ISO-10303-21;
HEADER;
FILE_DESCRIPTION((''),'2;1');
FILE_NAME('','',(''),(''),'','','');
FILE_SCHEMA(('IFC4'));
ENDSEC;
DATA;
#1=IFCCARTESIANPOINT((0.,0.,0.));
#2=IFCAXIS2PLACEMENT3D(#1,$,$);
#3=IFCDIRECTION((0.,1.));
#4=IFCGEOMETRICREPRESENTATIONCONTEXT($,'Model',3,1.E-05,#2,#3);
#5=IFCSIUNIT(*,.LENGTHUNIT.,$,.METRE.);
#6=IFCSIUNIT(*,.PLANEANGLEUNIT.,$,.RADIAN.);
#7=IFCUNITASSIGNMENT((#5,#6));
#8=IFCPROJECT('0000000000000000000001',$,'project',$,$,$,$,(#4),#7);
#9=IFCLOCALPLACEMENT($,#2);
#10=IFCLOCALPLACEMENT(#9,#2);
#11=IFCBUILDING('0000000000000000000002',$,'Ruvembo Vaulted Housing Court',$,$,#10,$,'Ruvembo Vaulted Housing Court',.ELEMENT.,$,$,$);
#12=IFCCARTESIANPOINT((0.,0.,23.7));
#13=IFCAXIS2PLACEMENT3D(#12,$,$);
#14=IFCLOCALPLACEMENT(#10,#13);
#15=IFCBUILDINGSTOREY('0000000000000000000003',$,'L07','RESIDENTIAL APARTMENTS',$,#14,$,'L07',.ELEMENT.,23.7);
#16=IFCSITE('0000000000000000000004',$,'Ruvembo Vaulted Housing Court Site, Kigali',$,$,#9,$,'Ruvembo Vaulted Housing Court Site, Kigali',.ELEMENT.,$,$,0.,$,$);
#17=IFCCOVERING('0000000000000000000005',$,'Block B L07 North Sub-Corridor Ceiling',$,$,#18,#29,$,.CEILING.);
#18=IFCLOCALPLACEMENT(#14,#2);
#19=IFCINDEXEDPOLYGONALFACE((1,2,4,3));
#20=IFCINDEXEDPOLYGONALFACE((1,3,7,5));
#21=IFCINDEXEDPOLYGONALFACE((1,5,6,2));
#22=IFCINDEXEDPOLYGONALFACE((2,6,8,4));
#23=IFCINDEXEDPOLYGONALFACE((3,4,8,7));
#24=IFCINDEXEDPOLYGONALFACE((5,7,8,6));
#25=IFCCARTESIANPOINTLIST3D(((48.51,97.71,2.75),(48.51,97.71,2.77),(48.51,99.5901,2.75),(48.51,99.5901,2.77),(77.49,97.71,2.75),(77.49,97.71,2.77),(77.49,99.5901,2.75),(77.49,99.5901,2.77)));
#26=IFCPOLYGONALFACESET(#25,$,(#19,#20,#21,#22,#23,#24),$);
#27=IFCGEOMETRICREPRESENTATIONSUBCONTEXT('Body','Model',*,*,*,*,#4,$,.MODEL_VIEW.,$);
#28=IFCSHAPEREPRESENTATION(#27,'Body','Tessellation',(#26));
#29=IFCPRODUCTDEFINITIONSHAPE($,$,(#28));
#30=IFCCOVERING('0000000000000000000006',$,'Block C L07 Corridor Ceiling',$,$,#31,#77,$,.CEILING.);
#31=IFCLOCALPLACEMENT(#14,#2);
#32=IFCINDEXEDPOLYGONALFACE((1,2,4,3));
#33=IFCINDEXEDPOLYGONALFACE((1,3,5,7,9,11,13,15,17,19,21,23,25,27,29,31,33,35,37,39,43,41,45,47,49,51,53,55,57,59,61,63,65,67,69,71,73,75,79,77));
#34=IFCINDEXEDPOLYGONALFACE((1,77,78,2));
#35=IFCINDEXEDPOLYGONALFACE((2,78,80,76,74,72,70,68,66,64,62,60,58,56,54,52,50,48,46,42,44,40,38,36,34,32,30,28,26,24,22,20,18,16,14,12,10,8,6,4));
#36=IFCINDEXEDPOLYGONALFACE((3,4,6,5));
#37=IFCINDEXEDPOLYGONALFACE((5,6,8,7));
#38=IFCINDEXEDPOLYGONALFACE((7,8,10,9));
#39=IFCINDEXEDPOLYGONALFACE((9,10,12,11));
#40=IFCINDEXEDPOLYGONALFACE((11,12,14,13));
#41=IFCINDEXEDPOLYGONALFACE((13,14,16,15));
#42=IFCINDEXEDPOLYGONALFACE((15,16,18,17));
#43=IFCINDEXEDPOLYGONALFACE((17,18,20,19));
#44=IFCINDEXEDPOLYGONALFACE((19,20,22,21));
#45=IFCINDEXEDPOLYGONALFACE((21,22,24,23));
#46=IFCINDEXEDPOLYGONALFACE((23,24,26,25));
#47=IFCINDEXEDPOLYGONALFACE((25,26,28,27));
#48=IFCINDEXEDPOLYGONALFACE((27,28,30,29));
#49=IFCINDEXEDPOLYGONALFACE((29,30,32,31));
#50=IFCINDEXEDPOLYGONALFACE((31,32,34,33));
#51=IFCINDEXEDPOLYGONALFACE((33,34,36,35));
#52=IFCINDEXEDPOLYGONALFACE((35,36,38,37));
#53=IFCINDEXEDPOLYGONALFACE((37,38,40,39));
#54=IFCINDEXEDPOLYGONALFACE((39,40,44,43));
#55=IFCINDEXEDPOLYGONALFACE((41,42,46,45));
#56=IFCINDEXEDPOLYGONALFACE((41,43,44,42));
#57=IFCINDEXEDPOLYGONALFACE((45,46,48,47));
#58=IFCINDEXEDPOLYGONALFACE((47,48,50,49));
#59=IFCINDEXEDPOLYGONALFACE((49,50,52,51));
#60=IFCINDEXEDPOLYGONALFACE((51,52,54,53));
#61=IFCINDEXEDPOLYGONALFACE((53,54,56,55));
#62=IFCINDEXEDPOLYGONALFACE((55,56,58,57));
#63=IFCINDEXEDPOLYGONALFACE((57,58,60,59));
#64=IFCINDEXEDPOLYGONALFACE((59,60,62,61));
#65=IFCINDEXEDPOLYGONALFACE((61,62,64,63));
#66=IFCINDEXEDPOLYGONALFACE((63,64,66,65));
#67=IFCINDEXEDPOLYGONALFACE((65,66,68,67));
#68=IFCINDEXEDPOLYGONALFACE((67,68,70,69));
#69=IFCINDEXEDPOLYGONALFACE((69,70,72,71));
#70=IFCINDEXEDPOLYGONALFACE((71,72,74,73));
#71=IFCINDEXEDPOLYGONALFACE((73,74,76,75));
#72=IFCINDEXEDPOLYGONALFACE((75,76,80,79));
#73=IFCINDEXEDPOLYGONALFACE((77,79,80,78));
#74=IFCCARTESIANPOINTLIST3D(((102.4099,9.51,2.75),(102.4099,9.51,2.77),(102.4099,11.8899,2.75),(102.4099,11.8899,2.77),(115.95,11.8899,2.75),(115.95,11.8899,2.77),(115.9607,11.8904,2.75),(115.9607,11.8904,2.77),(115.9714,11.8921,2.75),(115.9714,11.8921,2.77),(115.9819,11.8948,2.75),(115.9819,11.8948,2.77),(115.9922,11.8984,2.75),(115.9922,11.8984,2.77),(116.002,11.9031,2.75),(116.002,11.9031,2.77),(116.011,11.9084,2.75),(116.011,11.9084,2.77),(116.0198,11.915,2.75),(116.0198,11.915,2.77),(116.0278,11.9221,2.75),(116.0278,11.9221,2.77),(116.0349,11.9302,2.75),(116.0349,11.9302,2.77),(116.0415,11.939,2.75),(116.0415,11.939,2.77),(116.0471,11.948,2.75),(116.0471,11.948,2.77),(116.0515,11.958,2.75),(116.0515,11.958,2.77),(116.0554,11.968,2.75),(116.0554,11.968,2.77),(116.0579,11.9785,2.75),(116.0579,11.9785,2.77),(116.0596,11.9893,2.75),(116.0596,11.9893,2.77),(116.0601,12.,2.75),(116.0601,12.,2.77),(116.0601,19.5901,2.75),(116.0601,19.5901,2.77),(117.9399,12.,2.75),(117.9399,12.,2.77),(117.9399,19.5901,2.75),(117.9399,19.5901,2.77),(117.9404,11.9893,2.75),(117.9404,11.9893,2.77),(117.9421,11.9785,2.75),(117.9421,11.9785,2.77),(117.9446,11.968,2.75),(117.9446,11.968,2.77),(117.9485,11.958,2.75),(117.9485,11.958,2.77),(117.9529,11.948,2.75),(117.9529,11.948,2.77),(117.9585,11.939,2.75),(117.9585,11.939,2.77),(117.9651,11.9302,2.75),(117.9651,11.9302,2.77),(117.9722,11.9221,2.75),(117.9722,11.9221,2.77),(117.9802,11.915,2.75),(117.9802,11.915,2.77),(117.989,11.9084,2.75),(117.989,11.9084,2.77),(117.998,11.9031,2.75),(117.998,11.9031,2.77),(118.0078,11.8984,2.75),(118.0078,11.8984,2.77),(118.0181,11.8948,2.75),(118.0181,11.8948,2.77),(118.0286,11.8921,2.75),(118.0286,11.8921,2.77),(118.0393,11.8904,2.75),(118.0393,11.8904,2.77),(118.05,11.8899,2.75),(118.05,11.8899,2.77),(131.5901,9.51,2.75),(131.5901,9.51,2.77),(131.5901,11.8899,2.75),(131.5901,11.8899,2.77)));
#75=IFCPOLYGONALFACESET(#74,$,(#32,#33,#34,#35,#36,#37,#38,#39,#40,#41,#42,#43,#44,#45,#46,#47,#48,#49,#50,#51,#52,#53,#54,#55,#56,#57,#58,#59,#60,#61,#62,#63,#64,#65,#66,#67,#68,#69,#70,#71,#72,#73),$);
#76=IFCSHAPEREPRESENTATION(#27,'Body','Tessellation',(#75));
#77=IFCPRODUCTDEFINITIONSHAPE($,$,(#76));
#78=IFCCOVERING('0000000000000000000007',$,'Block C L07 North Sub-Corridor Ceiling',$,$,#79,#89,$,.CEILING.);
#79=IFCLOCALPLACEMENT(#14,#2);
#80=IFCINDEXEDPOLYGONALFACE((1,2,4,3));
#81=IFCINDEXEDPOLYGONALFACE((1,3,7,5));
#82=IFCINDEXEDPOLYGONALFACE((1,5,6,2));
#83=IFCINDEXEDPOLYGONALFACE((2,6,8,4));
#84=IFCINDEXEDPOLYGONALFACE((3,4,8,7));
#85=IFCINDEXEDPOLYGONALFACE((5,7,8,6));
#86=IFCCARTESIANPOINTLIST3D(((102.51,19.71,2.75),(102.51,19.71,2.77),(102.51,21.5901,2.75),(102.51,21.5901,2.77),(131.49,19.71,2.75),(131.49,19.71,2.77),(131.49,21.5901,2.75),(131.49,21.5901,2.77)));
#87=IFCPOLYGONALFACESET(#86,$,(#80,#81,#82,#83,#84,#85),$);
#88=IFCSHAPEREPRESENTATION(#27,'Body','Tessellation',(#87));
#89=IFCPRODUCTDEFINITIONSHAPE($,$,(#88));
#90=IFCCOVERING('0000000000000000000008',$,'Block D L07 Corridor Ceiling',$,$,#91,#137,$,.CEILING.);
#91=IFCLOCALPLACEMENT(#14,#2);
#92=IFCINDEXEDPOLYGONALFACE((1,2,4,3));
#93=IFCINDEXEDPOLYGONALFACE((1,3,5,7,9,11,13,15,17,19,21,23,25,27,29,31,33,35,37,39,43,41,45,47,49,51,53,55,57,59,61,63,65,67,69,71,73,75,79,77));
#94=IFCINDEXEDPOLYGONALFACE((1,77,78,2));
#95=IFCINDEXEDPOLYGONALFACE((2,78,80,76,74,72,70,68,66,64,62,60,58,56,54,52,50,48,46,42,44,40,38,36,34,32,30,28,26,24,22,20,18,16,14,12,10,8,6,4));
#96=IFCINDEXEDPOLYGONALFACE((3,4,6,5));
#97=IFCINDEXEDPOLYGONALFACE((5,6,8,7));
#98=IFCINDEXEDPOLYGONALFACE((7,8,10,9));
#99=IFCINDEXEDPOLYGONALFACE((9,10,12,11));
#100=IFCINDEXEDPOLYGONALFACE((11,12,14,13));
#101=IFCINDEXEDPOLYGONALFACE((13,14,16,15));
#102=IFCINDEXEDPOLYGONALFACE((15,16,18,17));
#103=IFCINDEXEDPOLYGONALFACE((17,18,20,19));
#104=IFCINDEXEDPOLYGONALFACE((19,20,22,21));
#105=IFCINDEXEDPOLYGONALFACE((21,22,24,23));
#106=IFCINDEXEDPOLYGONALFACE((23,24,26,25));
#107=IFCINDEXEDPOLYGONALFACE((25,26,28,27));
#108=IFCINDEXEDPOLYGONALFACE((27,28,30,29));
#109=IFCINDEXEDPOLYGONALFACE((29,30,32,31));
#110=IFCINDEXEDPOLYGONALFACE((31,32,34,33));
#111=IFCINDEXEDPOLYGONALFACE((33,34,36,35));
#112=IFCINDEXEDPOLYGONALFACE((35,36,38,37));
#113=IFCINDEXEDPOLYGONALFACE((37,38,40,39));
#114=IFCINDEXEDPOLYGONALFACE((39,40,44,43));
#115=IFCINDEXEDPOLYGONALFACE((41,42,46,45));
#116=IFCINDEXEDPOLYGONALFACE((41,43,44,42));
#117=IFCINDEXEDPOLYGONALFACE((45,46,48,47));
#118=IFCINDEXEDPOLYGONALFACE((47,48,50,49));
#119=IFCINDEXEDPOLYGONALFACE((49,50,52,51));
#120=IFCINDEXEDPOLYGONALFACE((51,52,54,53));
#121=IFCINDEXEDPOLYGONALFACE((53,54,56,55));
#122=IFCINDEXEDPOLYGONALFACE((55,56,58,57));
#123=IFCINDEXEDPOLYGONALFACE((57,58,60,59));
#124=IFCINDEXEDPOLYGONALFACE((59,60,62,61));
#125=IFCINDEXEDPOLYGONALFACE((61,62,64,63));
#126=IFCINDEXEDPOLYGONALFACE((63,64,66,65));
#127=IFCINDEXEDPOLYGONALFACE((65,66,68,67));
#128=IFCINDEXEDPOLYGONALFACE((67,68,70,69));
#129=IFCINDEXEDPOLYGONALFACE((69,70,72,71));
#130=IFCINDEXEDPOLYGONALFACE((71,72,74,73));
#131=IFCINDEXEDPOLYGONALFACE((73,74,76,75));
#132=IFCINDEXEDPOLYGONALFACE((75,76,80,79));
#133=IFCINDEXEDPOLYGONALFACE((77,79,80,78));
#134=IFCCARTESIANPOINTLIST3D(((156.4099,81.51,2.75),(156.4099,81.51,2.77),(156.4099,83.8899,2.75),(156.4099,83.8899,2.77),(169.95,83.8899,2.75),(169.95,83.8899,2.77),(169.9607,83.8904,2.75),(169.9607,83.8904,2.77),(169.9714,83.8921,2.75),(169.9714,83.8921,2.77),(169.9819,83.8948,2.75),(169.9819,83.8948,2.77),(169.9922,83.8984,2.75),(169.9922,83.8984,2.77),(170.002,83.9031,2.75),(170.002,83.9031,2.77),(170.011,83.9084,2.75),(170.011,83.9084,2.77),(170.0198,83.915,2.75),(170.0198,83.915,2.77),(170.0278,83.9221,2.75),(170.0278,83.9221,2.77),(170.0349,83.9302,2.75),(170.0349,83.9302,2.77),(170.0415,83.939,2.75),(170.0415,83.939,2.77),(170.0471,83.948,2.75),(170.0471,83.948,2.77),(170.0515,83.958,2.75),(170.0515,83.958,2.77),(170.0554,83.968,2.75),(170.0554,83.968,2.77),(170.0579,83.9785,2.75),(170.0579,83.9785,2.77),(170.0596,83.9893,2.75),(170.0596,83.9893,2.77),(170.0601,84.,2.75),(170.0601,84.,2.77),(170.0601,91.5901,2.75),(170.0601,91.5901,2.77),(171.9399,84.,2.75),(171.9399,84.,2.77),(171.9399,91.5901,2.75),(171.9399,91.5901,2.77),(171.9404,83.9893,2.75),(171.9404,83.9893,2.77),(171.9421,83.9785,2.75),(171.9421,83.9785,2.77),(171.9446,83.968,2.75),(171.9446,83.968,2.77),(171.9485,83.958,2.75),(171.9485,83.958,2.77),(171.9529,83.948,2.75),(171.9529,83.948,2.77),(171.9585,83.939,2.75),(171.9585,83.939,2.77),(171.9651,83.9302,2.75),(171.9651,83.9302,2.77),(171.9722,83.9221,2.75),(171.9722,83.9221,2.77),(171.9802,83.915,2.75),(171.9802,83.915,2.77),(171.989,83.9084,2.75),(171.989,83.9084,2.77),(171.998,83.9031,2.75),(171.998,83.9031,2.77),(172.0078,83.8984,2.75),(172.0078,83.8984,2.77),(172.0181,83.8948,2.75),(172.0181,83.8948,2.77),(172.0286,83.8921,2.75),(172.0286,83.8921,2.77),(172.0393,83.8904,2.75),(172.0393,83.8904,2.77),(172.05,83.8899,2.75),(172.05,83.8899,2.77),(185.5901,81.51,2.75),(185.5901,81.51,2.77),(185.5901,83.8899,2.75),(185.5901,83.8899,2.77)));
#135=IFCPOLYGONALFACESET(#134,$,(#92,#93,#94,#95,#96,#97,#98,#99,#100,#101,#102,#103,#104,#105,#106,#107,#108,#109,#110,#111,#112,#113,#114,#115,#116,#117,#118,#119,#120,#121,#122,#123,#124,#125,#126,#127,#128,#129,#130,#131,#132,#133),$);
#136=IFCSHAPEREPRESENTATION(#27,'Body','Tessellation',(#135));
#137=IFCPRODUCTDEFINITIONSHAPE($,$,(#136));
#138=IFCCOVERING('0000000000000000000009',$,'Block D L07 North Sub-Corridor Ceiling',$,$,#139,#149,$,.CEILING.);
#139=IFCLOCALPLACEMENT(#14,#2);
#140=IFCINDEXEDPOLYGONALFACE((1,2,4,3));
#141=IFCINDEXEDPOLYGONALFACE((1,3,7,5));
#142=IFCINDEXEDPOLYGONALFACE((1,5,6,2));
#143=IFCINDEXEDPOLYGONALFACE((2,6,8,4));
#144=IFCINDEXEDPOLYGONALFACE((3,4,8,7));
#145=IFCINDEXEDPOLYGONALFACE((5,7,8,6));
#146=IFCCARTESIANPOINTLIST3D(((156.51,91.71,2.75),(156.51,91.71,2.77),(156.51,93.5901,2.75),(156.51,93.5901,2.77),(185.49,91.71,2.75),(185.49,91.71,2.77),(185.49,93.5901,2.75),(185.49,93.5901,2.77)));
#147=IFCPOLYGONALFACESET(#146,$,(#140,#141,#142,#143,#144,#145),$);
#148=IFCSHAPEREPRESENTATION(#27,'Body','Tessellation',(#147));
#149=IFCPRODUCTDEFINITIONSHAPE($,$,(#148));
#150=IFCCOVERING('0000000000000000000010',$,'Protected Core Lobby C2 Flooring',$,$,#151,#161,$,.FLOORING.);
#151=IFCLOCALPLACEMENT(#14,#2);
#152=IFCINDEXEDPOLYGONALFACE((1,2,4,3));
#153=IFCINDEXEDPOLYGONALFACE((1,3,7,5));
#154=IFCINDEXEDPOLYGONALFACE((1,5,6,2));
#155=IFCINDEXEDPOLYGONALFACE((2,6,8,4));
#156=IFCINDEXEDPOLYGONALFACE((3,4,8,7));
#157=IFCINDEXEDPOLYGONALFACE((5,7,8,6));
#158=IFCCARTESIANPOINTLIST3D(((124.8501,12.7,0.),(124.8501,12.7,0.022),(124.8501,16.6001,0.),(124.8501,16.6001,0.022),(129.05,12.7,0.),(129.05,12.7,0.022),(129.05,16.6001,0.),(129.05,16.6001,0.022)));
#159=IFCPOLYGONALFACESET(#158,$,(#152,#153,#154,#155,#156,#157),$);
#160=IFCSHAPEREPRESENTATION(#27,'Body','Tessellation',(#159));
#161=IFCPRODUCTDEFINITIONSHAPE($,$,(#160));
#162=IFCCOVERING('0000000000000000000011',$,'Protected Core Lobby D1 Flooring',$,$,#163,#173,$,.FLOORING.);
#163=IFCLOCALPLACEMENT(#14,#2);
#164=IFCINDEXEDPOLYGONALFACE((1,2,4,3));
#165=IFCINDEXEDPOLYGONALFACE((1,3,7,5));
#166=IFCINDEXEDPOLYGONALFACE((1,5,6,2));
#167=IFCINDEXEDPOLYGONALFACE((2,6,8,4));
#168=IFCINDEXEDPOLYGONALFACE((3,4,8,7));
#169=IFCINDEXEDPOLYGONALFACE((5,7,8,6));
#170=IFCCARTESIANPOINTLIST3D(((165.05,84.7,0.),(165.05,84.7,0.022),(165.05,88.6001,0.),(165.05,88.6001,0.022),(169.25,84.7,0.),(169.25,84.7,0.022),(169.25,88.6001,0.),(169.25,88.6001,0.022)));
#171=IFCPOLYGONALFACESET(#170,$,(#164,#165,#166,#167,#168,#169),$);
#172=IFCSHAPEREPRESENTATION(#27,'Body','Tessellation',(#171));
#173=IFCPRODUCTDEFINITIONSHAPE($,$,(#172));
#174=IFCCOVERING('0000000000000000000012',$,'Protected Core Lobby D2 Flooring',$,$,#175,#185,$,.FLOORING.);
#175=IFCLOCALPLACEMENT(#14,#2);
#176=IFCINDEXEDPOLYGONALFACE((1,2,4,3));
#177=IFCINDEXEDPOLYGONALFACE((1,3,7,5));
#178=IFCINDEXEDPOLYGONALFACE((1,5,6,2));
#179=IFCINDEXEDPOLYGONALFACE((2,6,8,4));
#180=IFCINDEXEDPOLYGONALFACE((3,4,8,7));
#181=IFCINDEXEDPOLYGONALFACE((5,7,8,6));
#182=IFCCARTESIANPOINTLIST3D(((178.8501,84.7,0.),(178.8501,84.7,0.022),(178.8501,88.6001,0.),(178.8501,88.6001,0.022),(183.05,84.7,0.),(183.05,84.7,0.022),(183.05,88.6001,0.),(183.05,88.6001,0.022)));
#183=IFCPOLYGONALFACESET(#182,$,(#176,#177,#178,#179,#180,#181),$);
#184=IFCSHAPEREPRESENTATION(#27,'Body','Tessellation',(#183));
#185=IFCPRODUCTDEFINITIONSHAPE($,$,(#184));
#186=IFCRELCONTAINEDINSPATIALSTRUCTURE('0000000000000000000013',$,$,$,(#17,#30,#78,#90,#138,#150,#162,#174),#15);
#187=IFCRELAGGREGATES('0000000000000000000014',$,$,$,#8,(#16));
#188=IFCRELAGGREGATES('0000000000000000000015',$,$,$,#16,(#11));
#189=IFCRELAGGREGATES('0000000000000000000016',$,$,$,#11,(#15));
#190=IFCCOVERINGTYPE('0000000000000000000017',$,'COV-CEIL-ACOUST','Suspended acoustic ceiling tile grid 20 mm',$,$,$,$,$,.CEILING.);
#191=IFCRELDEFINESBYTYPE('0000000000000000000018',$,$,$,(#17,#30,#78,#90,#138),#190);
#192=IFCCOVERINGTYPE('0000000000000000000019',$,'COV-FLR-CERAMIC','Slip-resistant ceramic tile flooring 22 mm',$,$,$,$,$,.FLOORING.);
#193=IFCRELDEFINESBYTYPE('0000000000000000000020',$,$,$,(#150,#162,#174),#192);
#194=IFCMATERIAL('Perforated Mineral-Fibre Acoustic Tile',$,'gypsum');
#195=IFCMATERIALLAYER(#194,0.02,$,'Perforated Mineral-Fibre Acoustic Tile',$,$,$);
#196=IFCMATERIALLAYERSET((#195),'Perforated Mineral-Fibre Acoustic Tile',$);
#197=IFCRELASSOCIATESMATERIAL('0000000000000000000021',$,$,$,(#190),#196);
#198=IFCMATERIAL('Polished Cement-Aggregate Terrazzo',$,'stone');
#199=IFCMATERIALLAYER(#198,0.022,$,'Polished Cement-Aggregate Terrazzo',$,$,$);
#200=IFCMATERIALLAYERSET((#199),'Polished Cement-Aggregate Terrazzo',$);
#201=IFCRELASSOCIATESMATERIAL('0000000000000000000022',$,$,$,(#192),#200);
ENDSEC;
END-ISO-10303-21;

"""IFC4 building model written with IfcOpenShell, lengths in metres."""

from ifc_helpers import new_model, si_unit, direction, frame, origin, place, context, subcontext, project, spatial, polyline, outline, extrude, material, layer, layer_set, type_object, element, save


model = new_model("IFC4")

# Units and contexts
model_context = context("Model", 3, precision=1e-05, world=origin(), true_north=direction((0.0, 1.0)))
body_context = subcontext(model_context, "Body", "Model", "MODEL_VIEW")
ifc_project = project(units=[si_unit("LENGTHUNIT", "METRE"), si_unit("PLANEANGLEUNIT", "RADIAN")], contexts=[model_context])

# Site, building, storey
site_placement = place(None, origin())
site = spatial("IfcSite", under=ifc_project, at=site_placement, Name="Ruvembo Vaulted Housing Court Site, Kigali", LongName="Ruvembo Vaulted Housing Court Site, Kigali", CompositionType="ELEMENT", RefElevation=0.0)
building_placement = place(site_placement, origin())
building = spatial("IfcBuilding", under=site, at=building_placement, Name="Ruvembo Vaulted Housing Court", LongName="Ruvembo Vaulted Housing Court", CompositionType="ELEMENT")
storey_placement = place(building_placement, frame((0.0, 0.0, 23.7)))
storey = spatial("IfcBuildingStorey", under=building, at=storey_placement, Name="L07", Description="RESIDENTIAL APARTMENTS", LongName="L07", CompositionType="ELEMENT", Elevation=23.7)

# Coverings
ifc_material_1 = material(Name="Perforated Mineral-Fibre Acoustic Tile", Category="gypsum")
ifc_layer_1 = layer(ifc_material_1, 0.02, Name="Perforated Mineral-Fibre Acoustic Tile")
ifc_layer_set_1 = layer_set([ifc_layer_1], Name="Perforated Mineral-Fibre Acoustic Tile")
covering_type_1 = type_object("IfcCoveringType", Name="COV-CEIL-ACOUST", Description="Suspended acoustic ceiling tile grid 20 mm", PredefinedType="CEILING", material=ifc_layer_set_1)
covering_1_placement = place(storey_placement, frame((0.0, 0.0, 2.75)))
element("IfcCovering", 1, at=covering_1_placement, inside=storey, type_object=covering_type_1, Name="Block B L07 North Sub-Corridor Ceiling", PredefinedType="CEILING", context=body_context, shape_type="SweptSolid", body=[
    extrude(outline(polyline([(48.51, 97.71), (77.49, 97.71), (77.49, 99.5901), (48.51, 99.5901), (48.51, 97.71)])), origin(), (0.0, 0.0, 1.0), 0.02),
])
covering_2_placement = place(storey_placement, frame((0.0, 0.0, 2.75)))
element("IfcCovering", 2, at=covering_2_placement, inside=storey, type_object=covering_type_1, Name="Block C L07 Corridor Ceiling", PredefinedType="CEILING", context=body_context, shape_type="SweptSolid", body=[
    extrude(outline(polyline([(131.5901, 9.51), (131.5901, 11.8899), (118.05, 11.8899), (118.0393, 11.8904), (118.0286, 11.8921), (118.0181, 11.8948), (118.0078, 11.8984), (117.998, 11.9031), (117.989, 11.9084), (117.9802, 11.915), (117.9722, 11.9221), (117.9651, 11.9302), (117.9585, 11.939), (117.9529, 11.948), (117.9485, 11.958), (117.9446, 11.968), (117.9421, 11.9785), (117.9404, 11.9893), (117.9399, 12.0), (117.9399, 19.5901), (116.0601, 19.5901), (116.0601, 12.0), (116.0596, 11.9893), (116.0579, 11.9785), (116.0554, 11.968), (116.0515, 11.958), (116.0471, 11.948), (116.0415, 11.939), (116.0349, 11.9302), (116.0278, 11.9221), (116.0198, 11.915), (116.011, 11.9084), (116.002, 11.9031), (115.9922, 11.8984), (115.9819, 11.8948), (115.9714, 11.8921), (115.9607, 11.8904), (115.95, 11.8899), (102.4099, 11.8899), (102.4099, 9.51), (131.5901, 9.51)])), origin(), (0.0, 0.0, 1.0), 0.02),
])
covering_3_placement = place(storey_placement, frame((0.0, 0.0, 2.75)))
element("IfcCovering", 3, at=covering_3_placement, inside=storey, type_object=covering_type_1, Name="Block C L07 North Sub-Corridor Ceiling", PredefinedType="CEILING", context=body_context, shape_type="SweptSolid", body=[
    extrude(outline(polyline([(102.51, 19.71), (131.49, 19.71), (131.49, 21.5901), (102.51, 21.5901), (102.51, 19.71)])), origin(), (0.0, 0.0, 1.0), 0.02),
])
covering_4_placement = place(storey_placement, frame((0.0, 0.0, 2.75)))
element("IfcCovering", 4, at=covering_4_placement, inside=storey, type_object=covering_type_1, Name="Block D L07 Corridor Ceiling", PredefinedType="CEILING", context=body_context, shape_type="SweptSolid", body=[
    extrude(outline(polyline([(185.5901, 81.51), (185.5901, 83.8899), (172.05, 83.8899), (172.0393, 83.8904), (172.0286, 83.8921), (172.0181, 83.8948), (172.0078, 83.8984), (171.998, 83.9031), (171.989, 83.9084), (171.9802, 83.915), (171.9722, 83.9221), (171.9651, 83.9302), (171.9585, 83.939), (171.9529, 83.948), (171.9485, 83.958), (171.9446, 83.968), (171.9421, 83.9785), (171.9404, 83.9893), (171.9399, 84.0), (171.9399, 91.5901), (170.0601, 91.5901), (170.0601, 84.0), (170.0596, 83.9893), (170.0579, 83.9785), (170.0554, 83.968), (170.0515, 83.958), (170.0471, 83.948), (170.0415, 83.939), (170.0349, 83.9302), (170.0278, 83.9221), (170.0198, 83.915), (170.011, 83.9084), (170.002, 83.9031), (169.9922, 83.8984), (169.9819, 83.8948), (169.9714, 83.8921), (169.9607, 83.8904), (169.95, 83.8899), (156.4099, 83.8899), (156.4099, 81.51), (185.5901, 81.51)])), origin(), (0.0, 0.0, 1.0), 0.02),
])
covering_5_placement = place(storey_placement, frame((0.0, 0.0, 2.75)))
element("IfcCovering", 5, at=covering_5_placement, inside=storey, type_object=covering_type_1, Name="Block D L07 North Sub-Corridor Ceiling", PredefinedType="CEILING", context=body_context, shape_type="SweptSolid", body=[
    extrude(outline(polyline([(156.51, 91.71), (185.49, 91.71), (185.49, 93.5901), (156.51, 93.5901), (156.51, 91.71)])), origin(), (0.0, 0.0, 1.0), 0.02),
])
ifc_material_2 = material(Name="Polished Cement-Aggregate Terrazzo", Category="stone")
ifc_layer_2 = layer(ifc_material_2, 0.022, Name="Polished Cement-Aggregate Terrazzo")
ifc_layer_set_2 = layer_set([ifc_layer_2], Name="Polished Cement-Aggregate Terrazzo")
covering_type_2 = type_object("IfcCoveringType", Name="COV-FLR-CERAMIC", Description="Slip-resistant ceramic tile flooring 22 mm", PredefinedType="FLOORING", material=ifc_layer_set_2)
covering_6_placement = place(storey_placement, origin())
element("IfcCovering", 6, at=covering_6_placement, inside=storey, type_object=covering_type_2, Name="Protected Core Lobby C2 Flooring", PredefinedType="FLOORING", context=body_context, shape_type="SweptSolid", body=[
    extrude(outline(polyline([(129.05, 16.6001), (124.8501, 16.6001), (124.8501, 12.7), (129.05, 12.7), (129.05, 16.6001)])), origin(), (0.0, 0.0, 1.0), 0.022),
])
covering_7_placement = place(storey_placement, origin())
element("IfcCovering", 7, at=covering_7_placement, inside=storey, type_object=covering_type_2, Name="Protected Core Lobby D1 Flooring", PredefinedType="FLOORING", context=body_context, shape_type="SweptSolid", body=[
    extrude(outline(polyline([(169.25, 88.6001), (165.05, 88.6001), (165.05, 84.7), (169.25, 84.7), (169.25, 88.6001)])), origin(), (0.0, 0.0, 1.0), 0.022),
])
covering_8_placement = place(storey_placement, origin())
element("IfcCovering", 8, at=covering_8_placement, inside=storey, type_object=covering_type_2, Name="Protected Core Lobby D2 Flooring", PredefinedType="FLOORING", context=body_context, shape_type="SweptSolid", body=[
    extrude(outline(polyline([(183.05, 88.6001), (178.8501, 88.6001), (178.8501, 84.7), (183.05, 84.7), (183.05, 88.6001)])), origin(), (0.0, 0.0, 1.0), 0.022),
])

save(model, "model.ifc")
